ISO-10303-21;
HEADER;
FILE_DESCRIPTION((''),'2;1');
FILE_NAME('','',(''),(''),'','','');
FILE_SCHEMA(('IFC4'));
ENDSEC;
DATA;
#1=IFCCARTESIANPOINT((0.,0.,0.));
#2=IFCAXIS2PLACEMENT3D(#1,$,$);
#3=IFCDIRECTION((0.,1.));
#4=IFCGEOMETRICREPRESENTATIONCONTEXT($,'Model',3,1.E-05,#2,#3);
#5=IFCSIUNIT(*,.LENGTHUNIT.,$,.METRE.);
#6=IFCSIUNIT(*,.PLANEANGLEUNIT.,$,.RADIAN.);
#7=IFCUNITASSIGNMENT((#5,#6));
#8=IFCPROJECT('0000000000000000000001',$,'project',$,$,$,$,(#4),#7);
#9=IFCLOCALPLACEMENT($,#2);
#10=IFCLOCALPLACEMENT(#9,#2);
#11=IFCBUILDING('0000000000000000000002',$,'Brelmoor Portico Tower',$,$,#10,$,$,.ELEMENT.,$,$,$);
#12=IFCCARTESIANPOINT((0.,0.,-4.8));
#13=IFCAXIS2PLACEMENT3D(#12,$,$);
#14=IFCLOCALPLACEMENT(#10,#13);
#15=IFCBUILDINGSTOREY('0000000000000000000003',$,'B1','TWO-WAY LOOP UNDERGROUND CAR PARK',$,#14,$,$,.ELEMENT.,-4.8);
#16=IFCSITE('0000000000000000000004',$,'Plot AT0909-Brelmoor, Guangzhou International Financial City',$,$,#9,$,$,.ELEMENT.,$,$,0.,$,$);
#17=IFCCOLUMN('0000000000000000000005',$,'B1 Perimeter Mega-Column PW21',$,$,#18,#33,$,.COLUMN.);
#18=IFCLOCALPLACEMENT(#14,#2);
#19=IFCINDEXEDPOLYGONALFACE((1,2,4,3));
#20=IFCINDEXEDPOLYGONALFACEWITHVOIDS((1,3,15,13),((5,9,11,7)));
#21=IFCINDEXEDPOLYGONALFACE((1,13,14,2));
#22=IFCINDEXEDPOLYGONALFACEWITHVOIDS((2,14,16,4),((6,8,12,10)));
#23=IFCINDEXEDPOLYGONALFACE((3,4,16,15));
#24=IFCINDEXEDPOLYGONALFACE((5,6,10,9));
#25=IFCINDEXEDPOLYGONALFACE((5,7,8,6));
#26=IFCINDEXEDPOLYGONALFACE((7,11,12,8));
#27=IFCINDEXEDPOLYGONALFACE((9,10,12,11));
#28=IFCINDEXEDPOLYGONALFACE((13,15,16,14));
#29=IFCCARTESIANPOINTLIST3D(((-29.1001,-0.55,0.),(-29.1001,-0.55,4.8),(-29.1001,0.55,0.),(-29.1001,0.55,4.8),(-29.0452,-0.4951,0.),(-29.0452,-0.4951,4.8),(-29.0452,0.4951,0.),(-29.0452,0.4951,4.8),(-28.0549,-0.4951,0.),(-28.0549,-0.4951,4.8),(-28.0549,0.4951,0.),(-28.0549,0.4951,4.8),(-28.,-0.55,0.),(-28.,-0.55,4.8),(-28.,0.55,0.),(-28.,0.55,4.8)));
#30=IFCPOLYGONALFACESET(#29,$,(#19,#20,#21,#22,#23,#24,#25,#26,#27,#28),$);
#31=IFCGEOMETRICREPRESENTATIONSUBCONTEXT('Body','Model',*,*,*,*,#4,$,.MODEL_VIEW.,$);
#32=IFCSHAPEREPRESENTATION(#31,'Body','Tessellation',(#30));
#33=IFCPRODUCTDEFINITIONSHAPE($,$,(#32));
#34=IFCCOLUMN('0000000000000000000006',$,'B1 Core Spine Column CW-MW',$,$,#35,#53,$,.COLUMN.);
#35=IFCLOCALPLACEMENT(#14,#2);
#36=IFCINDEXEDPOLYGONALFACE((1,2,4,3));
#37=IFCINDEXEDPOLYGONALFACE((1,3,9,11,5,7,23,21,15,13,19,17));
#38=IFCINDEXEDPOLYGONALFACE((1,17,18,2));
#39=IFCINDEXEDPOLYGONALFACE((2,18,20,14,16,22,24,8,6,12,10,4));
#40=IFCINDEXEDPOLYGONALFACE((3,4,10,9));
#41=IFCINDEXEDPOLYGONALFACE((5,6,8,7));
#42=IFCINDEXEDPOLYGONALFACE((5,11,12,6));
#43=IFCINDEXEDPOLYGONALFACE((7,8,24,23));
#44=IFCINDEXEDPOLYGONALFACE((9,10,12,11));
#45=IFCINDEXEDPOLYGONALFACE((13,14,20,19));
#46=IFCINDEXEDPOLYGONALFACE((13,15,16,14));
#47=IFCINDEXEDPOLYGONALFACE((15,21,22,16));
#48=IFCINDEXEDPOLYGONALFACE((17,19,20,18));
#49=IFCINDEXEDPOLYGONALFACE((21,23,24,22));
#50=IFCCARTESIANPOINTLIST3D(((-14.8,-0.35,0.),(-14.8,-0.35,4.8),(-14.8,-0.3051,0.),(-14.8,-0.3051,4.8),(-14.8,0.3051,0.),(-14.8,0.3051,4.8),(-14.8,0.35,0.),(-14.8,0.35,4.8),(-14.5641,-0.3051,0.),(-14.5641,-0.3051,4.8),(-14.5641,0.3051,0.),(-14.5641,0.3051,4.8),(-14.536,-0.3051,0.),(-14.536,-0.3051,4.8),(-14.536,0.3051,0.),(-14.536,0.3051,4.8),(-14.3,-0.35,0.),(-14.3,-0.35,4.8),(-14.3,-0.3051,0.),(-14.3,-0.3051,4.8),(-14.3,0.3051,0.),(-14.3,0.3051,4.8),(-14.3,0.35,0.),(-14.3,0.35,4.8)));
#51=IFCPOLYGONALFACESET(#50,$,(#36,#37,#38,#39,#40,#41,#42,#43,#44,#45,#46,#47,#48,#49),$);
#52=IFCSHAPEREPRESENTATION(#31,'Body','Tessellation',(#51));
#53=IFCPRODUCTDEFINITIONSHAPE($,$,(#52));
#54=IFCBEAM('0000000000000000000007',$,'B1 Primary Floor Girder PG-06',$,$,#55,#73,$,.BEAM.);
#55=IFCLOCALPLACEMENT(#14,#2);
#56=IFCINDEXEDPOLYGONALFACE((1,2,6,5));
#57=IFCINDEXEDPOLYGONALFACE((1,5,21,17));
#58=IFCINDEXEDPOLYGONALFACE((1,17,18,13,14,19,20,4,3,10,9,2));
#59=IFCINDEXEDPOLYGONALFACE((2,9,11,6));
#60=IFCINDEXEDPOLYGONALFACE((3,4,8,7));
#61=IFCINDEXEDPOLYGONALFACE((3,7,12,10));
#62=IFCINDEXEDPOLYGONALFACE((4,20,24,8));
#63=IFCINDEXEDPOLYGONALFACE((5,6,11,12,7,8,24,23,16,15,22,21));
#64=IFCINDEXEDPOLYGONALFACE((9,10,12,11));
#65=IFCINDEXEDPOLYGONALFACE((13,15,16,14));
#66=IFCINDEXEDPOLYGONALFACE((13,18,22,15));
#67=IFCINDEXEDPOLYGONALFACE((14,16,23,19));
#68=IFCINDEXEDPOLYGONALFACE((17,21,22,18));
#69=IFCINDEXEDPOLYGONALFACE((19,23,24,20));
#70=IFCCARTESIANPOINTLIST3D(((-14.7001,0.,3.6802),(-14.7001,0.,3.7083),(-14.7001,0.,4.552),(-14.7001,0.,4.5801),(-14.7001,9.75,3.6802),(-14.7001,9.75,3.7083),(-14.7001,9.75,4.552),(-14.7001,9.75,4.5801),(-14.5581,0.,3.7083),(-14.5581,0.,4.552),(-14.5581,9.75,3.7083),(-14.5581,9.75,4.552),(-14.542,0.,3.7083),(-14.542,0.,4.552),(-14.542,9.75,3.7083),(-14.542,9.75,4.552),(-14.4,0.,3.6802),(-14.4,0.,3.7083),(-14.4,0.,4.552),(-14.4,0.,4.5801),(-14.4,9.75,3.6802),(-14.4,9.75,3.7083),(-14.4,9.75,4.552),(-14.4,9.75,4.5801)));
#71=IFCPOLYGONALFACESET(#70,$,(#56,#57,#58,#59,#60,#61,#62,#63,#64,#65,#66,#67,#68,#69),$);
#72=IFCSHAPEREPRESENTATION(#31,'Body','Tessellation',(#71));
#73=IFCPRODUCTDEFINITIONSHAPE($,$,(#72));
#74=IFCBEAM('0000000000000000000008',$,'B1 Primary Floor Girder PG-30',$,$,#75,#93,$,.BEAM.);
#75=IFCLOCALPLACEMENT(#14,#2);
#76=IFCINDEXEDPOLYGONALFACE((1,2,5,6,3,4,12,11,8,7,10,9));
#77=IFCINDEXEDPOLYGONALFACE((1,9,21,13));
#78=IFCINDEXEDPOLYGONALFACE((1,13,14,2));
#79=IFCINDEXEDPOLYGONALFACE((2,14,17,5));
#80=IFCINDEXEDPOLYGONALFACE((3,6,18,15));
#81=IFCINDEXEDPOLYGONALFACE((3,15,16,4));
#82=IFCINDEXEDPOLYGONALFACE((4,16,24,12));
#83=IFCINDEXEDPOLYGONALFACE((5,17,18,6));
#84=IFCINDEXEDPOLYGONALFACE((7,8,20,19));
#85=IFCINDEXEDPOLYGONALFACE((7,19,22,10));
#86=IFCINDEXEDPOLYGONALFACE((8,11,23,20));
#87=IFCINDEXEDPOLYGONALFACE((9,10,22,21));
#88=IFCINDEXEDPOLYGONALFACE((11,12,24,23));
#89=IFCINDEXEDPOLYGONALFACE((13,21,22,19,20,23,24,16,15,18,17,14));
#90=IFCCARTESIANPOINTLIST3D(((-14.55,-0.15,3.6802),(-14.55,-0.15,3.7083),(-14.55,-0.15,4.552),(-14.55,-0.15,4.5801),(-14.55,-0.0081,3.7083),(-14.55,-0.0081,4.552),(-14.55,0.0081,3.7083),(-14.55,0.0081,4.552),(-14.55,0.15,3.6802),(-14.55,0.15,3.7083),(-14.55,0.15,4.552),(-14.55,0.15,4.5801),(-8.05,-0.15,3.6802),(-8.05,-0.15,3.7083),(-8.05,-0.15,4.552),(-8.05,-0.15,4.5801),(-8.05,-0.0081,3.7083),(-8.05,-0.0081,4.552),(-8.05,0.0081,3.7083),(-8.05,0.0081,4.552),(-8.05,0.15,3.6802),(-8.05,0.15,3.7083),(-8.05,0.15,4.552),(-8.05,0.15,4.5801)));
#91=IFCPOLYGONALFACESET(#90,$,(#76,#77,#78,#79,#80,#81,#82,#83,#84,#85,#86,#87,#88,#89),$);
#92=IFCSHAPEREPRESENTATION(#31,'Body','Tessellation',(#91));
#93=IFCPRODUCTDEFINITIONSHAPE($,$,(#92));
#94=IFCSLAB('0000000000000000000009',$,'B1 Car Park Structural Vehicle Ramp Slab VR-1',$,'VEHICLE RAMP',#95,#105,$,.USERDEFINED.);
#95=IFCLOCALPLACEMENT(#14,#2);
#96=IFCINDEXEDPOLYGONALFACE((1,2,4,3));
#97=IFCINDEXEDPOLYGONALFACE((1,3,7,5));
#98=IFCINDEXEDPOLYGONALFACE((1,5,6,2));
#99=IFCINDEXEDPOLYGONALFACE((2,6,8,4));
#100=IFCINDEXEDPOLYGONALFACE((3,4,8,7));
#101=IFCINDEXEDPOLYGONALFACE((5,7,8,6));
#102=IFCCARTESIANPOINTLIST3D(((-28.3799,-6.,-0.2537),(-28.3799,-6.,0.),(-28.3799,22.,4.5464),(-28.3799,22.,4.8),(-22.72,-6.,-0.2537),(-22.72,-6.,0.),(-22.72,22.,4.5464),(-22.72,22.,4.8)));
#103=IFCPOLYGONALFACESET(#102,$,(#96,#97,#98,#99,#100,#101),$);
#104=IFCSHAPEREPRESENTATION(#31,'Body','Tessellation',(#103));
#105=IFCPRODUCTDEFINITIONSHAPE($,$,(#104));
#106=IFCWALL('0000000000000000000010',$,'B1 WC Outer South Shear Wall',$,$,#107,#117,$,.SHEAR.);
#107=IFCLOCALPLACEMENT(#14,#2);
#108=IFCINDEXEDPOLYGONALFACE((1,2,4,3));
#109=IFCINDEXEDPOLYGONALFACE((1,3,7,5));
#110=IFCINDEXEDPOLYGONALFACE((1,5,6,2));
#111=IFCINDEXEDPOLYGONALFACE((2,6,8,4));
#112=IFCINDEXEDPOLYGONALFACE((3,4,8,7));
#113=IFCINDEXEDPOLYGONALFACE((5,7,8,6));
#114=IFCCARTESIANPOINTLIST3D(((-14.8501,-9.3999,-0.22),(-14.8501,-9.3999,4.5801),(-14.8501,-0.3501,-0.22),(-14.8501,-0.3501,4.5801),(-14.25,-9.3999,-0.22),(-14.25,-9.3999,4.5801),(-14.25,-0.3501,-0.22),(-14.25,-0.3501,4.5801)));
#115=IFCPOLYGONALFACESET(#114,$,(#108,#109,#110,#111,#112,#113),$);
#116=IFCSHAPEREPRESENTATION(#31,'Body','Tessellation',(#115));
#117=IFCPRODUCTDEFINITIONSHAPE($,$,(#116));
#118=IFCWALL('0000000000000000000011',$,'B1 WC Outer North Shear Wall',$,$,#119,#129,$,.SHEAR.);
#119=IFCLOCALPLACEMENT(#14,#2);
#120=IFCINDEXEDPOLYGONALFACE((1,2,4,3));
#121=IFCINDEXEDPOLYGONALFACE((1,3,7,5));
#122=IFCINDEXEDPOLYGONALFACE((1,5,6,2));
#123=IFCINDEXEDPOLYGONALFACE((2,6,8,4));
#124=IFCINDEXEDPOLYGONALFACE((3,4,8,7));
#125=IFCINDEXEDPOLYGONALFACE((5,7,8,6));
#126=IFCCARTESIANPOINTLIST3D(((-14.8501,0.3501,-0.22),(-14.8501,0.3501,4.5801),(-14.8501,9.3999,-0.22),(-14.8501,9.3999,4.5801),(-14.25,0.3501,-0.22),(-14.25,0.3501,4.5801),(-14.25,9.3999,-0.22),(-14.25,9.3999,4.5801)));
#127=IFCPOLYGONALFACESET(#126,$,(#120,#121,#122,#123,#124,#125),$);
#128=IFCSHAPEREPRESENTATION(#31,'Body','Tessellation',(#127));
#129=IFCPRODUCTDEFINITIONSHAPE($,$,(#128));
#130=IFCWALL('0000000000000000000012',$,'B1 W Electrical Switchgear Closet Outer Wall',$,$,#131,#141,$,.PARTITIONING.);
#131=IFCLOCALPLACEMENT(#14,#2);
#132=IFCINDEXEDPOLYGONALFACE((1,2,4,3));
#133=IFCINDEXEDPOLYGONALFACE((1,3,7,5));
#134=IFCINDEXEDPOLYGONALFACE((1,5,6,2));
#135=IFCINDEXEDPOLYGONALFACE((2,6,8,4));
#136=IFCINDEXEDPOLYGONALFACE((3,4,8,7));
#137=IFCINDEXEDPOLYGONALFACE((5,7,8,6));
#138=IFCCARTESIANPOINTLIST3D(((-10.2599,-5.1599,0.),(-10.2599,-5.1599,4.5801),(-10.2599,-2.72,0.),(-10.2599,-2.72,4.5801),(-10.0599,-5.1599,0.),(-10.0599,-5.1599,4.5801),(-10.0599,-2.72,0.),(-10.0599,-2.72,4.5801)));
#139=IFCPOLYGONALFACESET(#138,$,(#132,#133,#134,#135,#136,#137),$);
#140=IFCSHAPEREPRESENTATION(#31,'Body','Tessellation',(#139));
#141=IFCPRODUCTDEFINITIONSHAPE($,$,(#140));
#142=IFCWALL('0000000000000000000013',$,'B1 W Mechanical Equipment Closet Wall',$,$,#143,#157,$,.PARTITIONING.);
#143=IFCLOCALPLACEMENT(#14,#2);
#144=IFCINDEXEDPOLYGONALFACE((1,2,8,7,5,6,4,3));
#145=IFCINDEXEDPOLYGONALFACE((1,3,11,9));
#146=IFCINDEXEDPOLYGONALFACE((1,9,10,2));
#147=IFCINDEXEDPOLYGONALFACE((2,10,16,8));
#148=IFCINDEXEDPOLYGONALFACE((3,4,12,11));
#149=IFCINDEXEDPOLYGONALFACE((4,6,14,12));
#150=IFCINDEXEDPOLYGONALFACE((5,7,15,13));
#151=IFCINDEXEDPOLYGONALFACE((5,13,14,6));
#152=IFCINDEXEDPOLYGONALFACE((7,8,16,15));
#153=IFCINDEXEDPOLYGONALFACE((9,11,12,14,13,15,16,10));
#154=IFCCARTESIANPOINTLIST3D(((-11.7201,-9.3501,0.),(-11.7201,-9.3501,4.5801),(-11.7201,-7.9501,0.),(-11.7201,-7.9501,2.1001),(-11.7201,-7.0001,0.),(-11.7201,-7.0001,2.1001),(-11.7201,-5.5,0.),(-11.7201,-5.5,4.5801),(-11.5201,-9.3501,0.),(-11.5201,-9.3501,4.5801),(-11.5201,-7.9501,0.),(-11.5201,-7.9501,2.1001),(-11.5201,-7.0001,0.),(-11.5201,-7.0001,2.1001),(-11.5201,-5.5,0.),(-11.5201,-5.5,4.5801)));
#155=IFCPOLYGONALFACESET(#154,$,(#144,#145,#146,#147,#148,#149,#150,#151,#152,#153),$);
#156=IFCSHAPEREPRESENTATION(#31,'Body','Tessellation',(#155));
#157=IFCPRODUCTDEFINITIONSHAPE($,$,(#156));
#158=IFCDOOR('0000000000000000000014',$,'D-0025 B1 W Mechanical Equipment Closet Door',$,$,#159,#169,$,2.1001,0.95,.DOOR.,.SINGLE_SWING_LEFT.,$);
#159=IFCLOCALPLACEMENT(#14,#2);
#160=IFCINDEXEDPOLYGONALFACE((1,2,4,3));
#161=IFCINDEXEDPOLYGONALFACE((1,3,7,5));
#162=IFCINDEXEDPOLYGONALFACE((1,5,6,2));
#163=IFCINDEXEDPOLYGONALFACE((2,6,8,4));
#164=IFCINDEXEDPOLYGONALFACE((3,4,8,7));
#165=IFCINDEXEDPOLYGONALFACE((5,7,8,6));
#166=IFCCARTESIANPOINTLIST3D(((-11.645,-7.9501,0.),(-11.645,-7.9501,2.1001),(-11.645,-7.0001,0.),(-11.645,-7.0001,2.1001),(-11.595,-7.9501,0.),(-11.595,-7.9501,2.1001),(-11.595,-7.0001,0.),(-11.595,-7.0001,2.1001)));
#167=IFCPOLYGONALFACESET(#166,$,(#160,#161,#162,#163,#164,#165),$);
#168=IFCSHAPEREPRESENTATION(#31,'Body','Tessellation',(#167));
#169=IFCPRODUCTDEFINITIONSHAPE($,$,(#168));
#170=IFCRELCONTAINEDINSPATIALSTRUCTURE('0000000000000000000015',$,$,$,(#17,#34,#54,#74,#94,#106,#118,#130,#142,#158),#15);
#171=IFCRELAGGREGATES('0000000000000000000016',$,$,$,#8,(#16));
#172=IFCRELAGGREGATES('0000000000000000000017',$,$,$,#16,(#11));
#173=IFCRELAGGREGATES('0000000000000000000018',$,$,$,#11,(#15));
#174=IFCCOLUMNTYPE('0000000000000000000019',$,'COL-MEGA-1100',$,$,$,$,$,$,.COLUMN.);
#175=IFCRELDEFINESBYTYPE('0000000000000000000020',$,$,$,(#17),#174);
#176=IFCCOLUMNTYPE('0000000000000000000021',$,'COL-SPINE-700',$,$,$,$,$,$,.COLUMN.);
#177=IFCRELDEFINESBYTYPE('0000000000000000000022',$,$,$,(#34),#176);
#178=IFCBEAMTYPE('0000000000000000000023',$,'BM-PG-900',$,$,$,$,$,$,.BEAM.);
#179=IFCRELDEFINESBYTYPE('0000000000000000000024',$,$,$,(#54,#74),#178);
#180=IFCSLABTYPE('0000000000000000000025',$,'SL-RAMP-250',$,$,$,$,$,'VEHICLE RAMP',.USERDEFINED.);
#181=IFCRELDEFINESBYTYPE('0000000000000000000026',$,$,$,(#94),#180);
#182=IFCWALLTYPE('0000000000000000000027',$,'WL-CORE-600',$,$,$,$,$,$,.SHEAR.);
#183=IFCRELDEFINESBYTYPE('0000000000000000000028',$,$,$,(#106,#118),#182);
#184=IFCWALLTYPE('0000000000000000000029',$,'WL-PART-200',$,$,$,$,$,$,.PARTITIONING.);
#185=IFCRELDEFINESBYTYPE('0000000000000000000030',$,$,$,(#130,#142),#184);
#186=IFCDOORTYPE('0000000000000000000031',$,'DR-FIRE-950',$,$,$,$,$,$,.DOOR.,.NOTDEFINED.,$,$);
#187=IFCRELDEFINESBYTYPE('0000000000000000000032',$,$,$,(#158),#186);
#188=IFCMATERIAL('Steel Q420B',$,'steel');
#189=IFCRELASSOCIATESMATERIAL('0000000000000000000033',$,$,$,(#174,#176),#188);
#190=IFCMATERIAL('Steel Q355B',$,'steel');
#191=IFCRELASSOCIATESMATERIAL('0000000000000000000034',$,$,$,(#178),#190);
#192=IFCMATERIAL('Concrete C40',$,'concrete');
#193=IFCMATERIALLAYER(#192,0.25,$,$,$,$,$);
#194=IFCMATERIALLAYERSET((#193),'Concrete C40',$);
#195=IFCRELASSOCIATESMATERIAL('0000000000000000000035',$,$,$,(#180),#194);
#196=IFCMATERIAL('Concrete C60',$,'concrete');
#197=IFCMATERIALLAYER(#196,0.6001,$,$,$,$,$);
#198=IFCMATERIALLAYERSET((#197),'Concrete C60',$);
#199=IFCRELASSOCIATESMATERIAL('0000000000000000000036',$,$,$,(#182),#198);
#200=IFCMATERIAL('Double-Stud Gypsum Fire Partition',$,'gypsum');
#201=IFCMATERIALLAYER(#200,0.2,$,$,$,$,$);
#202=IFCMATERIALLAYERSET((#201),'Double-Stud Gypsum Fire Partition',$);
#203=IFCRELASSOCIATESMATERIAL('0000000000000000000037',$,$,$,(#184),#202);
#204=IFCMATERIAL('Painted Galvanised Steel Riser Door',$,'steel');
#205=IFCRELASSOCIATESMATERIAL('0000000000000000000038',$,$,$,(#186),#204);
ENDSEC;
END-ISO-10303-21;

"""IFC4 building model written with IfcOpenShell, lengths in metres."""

from ifc_helpers import new_model, si_unit, direction, frame, frame_2d, origin, origin_2d, place, context, subcontext, project, spatial, polyline, rectangle, hollow_rectangle, i_section, outline, extrude, material, layer, layer_set, material_profile, profile_set, type_object, element, fill, save


model = new_model("IFC4")

# Units and contexts
model_context = context("Model", 3, precision=1e-05, world=origin(), true_north=direction((0.0, 1.0)))
body_context = subcontext(model_context, "Body", "Model", "MODEL_VIEW")
ifc_project = project(units=[si_unit("LENGTHUNIT", "METRE"), si_unit("PLANEANGLEUNIT", "RADIAN")], contexts=[model_context])

# Site, building, storey
site_placement = place(None, origin())
site = spatial("IfcSite", under=ifc_project, at=site_placement, Name="Plot AT0909-Brelmoor, Guangzhou International Financial City", CompositionType="ELEMENT", RefElevation=0.0)
building_placement = place(site_placement, origin())
building = spatial("IfcBuilding", under=site, at=building_placement, Name="Brelmoor Portico Tower", CompositionType="ELEMENT")
storey_placement = place(building_placement, frame((0.0, 0.0, -4.8)))
storey = spatial("IfcBuildingStorey", under=building, at=storey_placement, Name="B1", Description="TWO-WAY LOOP UNDERGROUND CAR PARK", CompositionType="ELEMENT", Elevation=-4.8)

# Columns
ifc_material_1 = material(Name="Steel Q420B", Category="steel")
ifc_material_profile_1 = material_profile(ifc_material_1, hollow_rectangle(XDim=1.1001, YDim=1.1001, WallThickness=0.0549, at=origin_2d()), Name="BOX 1100x1100x55")
ifc_profile_set_1 = profile_set([ifc_material_profile_1], Name="Steel Q420B")
column_type_1 = type_object("IfcColumnType", Name="COL-MEGA-1100", PredefinedType="COLUMN", material=ifc_profile_set_1)
column_1_placement = place(storey_placement, frame((-28.55, 0.0, 0.0), z_axis=(0.0, 0.0, 1.0), x_axis=(0.0, 1.0, 0.0)))
element("IfcColumn", 1, at=column_1_placement, inside=storey, type_object=column_type_1, Name="B1 Perimeter Mega-Column PW21", PredefinedType="COLUMN", context=body_context, shape_type="SweptSolid", body=[
    extrude(hollow_rectangle(XDim=1.1001, YDim=1.1001, WallThickness=0.0549, at=origin_2d()), origin(), (0.0, 0.0, 1.0), 4.8),
])
ifc_material_profile_2 = material_profile(ifc_material_1, i_section(OverallWidth=0.5, OverallDepth=0.7, WebThickness=0.0281, FlangeThickness=0.0449, at=origin_2d()), Name="HW 700x500x28x45")
ifc_profile_set_2 = profile_set([ifc_material_profile_2], Name="Steel Q420B")
column_type_2 = type_object("IfcColumnType", Name="COL-SPINE-700", PredefinedType="COLUMN", material=ifc_profile_set_2)
column_2_placement = place(storey_placement, frame((-14.55, 0.0, 0.0), z_axis=(0.0, 0.0, 1.0), x_axis=(1.0, 0.0, 0.0)))
element("IfcColumn", 2, at=column_2_placement, inside=storey, type_object=column_type_2, Name="B1 Core Spine Column CW-MW", PredefinedType="COLUMN", context=body_context, shape_type="SweptSolid", body=[
    extrude(i_section(OverallWidth=0.5, OverallDepth=0.7, WebThickness=0.0281, FlangeThickness=0.0449, at=origin_2d()), origin(), (0.0, 0.0, 1.0), 4.8),
])

# Beams
ifc_material_2 = material(Name="Steel Q355B", Category="steel")
ifc_material_profile_3 = material_profile(ifc_material_2, i_section(OverallWidth=0.3, OverallDepth=0.8999, WebThickness=0.0161, FlangeThickness=0.0281, at=origin_2d()), Name="HN 900x300x16x28")
ifc_profile_set_3 = profile_set([ifc_material_profile_3], Name="Steel Q355B")
beam_type = type_object("IfcBeamType", Name="BM-PG-900", PredefinedType="BEAM", material=ifc_profile_set_3)
beam_1_placement = place(storey_placement, frame((-14.55, 0.0, 4.1301), z_axis=(0.0, 1.0, 0.0), x_axis=(-1.0, 0.0, 0.0)))
element("IfcBeam", 3, at=beam_1_placement, inside=storey, type_object=beam_type, Name="B1 Primary Floor Girder PG-06", PredefinedType="BEAM", context=body_context, shape_type="SweptSolid", body=[
    extrude(i_section(OverallWidth=0.3, OverallDepth=0.8999, WebThickness=0.0161, FlangeThickness=0.0281, at=origin_2d()), origin(), (0.0, 0.0, 1.0), 9.75),
])
beam_2_placement = place(storey_placement, frame((-14.55, 0.0, 4.1301), z_axis=(1.0, 0.0, 0.0), x_axis=(0.0, 1.0, 0.0)))
element("IfcBeam", 4, at=beam_2_placement, inside=storey, type_object=beam_type, Name="B1 Primary Floor Girder PG-30", PredefinedType="BEAM", context=body_context, shape_type="SweptSolid", body=[
    extrude(i_section(OverallWidth=0.3, OverallDepth=0.8999, WebThickness=0.0161, FlangeThickness=0.0281, at=origin_2d()), origin(), (0.0, 0.0, 1.0), 6.5),
])

# Slab
ifc_material_3 = material(Name="Concrete C40", Category="concrete")
ifc_layer_1 = layer(ifc_material_3, 0.25)
ifc_layer_set_1 = layer_set([ifc_layer_1], Name="Concrete C40")
slab_type = type_object("IfcSlabType", Name="SL-RAMP-250", ElementType="VEHICLE RAMP", PredefinedType="USERDEFINED", material=ifc_layer_set_1)
slab_placement = place(storey_placement, frame((-28.3799, -6.0, 0.0), z_axis=(0.0, -0.168965, 0.985622), x_axis=(1.0, 0.0, 0.0)))
element("IfcSlab", 5, at=slab_placement, inside=storey, type_object=slab_type, Name="B1 Car Park Structural Vehicle Ramp Slab VR-1", ObjectType="VEHICLE RAMP", PredefinedType="USERDEFINED", context=body_context, shape_type="SweptSolid", body=[
    extrude(outline(polyline([(0.0, 0.0), (5.6599, 0.0), (5.6599, 28.4085), (0.0, 28.4085), (0.0, 0.0)])), origin(), (0.0, -0.168965, -0.985622), 0.2537),
])

# Walls
ifc_material_4 = material(Name="Concrete C60", Category="concrete")
ifc_layer_2 = layer(ifc_material_4, 0.6001)
ifc_layer_set_2 = layer_set([ifc_layer_2], Name="Concrete C60")
wall_type_1 = type_object("IfcWallType", Name="WL-CORE-600", PredefinedType="SHEAR", material=ifc_layer_set_2)
for number, where, z_axis, x_axis, name in (
    (6, (-14.55, -9.3999, -0.22), (0.0, 0.0, 1.0), (0.0, 1.0, 0.0), "B1 WC Outer South Shear Wall"),
    (7, (-14.55, 0.3501, -0.22), (0.0, 0.0, 1.0), (0.0, 1.0, 0.0), "B1 WC Outer North Shear Wall"),
):
    element("IfcWall", number, at=place(storey_placement, frame(where, z_axis=z_axis, x_axis=x_axis)), inside=storey, type_object=wall_type_1, Name=name, PredefinedType="SHEAR", context=body_context, shape_type="SweptSolid", body=[
        extrude(rectangle(XDim=9.0498, YDim=0.6001, at=frame_2d((4.5249, 0.0))), origin(), (0.0, 0.0, 1.0), 4.8),
    ])

# Shared definitions
ifc_material_5 = material(Name="Double-Stud Gypsum Fire Partition", Category="gypsum")
ifc_layer_3 = layer(ifc_material_5, 0.2)
ifc_layer_set_3 = layer_set([ifc_layer_3], Name="Double-Stud Gypsum Fire Partition")
wall_type_2 = type_object("IfcWallType", Name="WL-PART-200", PredefinedType="PARTITIONING", material=ifc_layer_set_3)

# Wall
wall_1_placement = place(storey_placement, frame((-10.1599, -5.1599, 0.0), z_axis=(0.0, 0.0, 1.0), x_axis=(0.0, 1.0, 0.0)))
element("IfcWall", 8, at=wall_1_placement, inside=storey, type_object=wall_type_2, Name="B1 W Electrical Switchgear Closet Outer Wall", PredefinedType="PARTITIONING", context=body_context, shape_type="SweptSolid", body=[
    extrude(rectangle(XDim=2.4399, YDim=0.2, at=frame_2d((1.22, 0.0))), origin(), (0.0, 0.0, 1.0), 4.5801),
])

# Wall, opening, door
wall_2_placement = place(storey_placement, frame((-11.6201, -9.3501, 0.0), z_axis=(0.0, 0.0, 1.0), x_axis=(0.0, 1.0, 0.0)))
wall_2 = element("IfcWall", 9, at=wall_2_placement, inside=storey, type_object=wall_type_2, Name="B1 W Mechanical Equipment Closet Wall", PredefinedType="PARTITIONING", context=body_context, shape_type="SweptSolid", body=[
    extrude(rectangle(XDim=3.8501, YDim=0.2, at=frame_2d((1.925, 0.0))), origin(), (0.0, 0.0, 1.0), 4.5801),
])
opening_1_placement = place(wall_2_placement, frame((1.3999, 0.0, 0.0)))
opening_1 = element("IfcOpeningElement", 10, at=opening_1_placement, cuts=wall_2, PredefinedType="OPENING", context=body_context, shape_type="SweptSolid", body=[
    extrude(rectangle(XDim=0.95, YDim=2.1001, at=frame_2d((0.4751, 1.05))), frame((0.0, 0.1099, 0.0), z_axis=(0.0, -1.0, 0.0), x_axis=(1.0, 0.0, 0.0)), (0.0, 0.0, 1.0), 0.22),
])
ifc_material_6 = material(Name="Painted Galvanised Steel Riser Door", Category="steel")
door_type_1 = type_object("IfcDoorType", Name="DR-FIRE-950", OperationType="NOTDEFINED", PredefinedType="DOOR", material=ifc_material_6)
door_1_placement = place(opening_1_placement, origin())
door_1 = element("IfcDoor", 11, at=door_1_placement, inside=storey, type_object=door_type_1, Name="D-0025 B1 W Mechanical Equipment Closet Door", OperationType="SINGLE_SWING_LEFT", OverallHeight=2.1001, OverallWidth=0.95, PredefinedType="DOOR", context=body_context, shape_type="SweptSolid", body=[
    extrude(rectangle(XDim=0.95, YDim=2.1001, at=frame_2d((0.4751, 1.05))), frame((0.0, 0.0249, 0.0), z_axis=(0.0, -1.0, 0.0), x_axis=(1.0, 0.0, 0.0)), (0.0, 0.0, 1.0), 0.05),
])
fill(opening_1, door_1)

save(model, "model.ifc")
